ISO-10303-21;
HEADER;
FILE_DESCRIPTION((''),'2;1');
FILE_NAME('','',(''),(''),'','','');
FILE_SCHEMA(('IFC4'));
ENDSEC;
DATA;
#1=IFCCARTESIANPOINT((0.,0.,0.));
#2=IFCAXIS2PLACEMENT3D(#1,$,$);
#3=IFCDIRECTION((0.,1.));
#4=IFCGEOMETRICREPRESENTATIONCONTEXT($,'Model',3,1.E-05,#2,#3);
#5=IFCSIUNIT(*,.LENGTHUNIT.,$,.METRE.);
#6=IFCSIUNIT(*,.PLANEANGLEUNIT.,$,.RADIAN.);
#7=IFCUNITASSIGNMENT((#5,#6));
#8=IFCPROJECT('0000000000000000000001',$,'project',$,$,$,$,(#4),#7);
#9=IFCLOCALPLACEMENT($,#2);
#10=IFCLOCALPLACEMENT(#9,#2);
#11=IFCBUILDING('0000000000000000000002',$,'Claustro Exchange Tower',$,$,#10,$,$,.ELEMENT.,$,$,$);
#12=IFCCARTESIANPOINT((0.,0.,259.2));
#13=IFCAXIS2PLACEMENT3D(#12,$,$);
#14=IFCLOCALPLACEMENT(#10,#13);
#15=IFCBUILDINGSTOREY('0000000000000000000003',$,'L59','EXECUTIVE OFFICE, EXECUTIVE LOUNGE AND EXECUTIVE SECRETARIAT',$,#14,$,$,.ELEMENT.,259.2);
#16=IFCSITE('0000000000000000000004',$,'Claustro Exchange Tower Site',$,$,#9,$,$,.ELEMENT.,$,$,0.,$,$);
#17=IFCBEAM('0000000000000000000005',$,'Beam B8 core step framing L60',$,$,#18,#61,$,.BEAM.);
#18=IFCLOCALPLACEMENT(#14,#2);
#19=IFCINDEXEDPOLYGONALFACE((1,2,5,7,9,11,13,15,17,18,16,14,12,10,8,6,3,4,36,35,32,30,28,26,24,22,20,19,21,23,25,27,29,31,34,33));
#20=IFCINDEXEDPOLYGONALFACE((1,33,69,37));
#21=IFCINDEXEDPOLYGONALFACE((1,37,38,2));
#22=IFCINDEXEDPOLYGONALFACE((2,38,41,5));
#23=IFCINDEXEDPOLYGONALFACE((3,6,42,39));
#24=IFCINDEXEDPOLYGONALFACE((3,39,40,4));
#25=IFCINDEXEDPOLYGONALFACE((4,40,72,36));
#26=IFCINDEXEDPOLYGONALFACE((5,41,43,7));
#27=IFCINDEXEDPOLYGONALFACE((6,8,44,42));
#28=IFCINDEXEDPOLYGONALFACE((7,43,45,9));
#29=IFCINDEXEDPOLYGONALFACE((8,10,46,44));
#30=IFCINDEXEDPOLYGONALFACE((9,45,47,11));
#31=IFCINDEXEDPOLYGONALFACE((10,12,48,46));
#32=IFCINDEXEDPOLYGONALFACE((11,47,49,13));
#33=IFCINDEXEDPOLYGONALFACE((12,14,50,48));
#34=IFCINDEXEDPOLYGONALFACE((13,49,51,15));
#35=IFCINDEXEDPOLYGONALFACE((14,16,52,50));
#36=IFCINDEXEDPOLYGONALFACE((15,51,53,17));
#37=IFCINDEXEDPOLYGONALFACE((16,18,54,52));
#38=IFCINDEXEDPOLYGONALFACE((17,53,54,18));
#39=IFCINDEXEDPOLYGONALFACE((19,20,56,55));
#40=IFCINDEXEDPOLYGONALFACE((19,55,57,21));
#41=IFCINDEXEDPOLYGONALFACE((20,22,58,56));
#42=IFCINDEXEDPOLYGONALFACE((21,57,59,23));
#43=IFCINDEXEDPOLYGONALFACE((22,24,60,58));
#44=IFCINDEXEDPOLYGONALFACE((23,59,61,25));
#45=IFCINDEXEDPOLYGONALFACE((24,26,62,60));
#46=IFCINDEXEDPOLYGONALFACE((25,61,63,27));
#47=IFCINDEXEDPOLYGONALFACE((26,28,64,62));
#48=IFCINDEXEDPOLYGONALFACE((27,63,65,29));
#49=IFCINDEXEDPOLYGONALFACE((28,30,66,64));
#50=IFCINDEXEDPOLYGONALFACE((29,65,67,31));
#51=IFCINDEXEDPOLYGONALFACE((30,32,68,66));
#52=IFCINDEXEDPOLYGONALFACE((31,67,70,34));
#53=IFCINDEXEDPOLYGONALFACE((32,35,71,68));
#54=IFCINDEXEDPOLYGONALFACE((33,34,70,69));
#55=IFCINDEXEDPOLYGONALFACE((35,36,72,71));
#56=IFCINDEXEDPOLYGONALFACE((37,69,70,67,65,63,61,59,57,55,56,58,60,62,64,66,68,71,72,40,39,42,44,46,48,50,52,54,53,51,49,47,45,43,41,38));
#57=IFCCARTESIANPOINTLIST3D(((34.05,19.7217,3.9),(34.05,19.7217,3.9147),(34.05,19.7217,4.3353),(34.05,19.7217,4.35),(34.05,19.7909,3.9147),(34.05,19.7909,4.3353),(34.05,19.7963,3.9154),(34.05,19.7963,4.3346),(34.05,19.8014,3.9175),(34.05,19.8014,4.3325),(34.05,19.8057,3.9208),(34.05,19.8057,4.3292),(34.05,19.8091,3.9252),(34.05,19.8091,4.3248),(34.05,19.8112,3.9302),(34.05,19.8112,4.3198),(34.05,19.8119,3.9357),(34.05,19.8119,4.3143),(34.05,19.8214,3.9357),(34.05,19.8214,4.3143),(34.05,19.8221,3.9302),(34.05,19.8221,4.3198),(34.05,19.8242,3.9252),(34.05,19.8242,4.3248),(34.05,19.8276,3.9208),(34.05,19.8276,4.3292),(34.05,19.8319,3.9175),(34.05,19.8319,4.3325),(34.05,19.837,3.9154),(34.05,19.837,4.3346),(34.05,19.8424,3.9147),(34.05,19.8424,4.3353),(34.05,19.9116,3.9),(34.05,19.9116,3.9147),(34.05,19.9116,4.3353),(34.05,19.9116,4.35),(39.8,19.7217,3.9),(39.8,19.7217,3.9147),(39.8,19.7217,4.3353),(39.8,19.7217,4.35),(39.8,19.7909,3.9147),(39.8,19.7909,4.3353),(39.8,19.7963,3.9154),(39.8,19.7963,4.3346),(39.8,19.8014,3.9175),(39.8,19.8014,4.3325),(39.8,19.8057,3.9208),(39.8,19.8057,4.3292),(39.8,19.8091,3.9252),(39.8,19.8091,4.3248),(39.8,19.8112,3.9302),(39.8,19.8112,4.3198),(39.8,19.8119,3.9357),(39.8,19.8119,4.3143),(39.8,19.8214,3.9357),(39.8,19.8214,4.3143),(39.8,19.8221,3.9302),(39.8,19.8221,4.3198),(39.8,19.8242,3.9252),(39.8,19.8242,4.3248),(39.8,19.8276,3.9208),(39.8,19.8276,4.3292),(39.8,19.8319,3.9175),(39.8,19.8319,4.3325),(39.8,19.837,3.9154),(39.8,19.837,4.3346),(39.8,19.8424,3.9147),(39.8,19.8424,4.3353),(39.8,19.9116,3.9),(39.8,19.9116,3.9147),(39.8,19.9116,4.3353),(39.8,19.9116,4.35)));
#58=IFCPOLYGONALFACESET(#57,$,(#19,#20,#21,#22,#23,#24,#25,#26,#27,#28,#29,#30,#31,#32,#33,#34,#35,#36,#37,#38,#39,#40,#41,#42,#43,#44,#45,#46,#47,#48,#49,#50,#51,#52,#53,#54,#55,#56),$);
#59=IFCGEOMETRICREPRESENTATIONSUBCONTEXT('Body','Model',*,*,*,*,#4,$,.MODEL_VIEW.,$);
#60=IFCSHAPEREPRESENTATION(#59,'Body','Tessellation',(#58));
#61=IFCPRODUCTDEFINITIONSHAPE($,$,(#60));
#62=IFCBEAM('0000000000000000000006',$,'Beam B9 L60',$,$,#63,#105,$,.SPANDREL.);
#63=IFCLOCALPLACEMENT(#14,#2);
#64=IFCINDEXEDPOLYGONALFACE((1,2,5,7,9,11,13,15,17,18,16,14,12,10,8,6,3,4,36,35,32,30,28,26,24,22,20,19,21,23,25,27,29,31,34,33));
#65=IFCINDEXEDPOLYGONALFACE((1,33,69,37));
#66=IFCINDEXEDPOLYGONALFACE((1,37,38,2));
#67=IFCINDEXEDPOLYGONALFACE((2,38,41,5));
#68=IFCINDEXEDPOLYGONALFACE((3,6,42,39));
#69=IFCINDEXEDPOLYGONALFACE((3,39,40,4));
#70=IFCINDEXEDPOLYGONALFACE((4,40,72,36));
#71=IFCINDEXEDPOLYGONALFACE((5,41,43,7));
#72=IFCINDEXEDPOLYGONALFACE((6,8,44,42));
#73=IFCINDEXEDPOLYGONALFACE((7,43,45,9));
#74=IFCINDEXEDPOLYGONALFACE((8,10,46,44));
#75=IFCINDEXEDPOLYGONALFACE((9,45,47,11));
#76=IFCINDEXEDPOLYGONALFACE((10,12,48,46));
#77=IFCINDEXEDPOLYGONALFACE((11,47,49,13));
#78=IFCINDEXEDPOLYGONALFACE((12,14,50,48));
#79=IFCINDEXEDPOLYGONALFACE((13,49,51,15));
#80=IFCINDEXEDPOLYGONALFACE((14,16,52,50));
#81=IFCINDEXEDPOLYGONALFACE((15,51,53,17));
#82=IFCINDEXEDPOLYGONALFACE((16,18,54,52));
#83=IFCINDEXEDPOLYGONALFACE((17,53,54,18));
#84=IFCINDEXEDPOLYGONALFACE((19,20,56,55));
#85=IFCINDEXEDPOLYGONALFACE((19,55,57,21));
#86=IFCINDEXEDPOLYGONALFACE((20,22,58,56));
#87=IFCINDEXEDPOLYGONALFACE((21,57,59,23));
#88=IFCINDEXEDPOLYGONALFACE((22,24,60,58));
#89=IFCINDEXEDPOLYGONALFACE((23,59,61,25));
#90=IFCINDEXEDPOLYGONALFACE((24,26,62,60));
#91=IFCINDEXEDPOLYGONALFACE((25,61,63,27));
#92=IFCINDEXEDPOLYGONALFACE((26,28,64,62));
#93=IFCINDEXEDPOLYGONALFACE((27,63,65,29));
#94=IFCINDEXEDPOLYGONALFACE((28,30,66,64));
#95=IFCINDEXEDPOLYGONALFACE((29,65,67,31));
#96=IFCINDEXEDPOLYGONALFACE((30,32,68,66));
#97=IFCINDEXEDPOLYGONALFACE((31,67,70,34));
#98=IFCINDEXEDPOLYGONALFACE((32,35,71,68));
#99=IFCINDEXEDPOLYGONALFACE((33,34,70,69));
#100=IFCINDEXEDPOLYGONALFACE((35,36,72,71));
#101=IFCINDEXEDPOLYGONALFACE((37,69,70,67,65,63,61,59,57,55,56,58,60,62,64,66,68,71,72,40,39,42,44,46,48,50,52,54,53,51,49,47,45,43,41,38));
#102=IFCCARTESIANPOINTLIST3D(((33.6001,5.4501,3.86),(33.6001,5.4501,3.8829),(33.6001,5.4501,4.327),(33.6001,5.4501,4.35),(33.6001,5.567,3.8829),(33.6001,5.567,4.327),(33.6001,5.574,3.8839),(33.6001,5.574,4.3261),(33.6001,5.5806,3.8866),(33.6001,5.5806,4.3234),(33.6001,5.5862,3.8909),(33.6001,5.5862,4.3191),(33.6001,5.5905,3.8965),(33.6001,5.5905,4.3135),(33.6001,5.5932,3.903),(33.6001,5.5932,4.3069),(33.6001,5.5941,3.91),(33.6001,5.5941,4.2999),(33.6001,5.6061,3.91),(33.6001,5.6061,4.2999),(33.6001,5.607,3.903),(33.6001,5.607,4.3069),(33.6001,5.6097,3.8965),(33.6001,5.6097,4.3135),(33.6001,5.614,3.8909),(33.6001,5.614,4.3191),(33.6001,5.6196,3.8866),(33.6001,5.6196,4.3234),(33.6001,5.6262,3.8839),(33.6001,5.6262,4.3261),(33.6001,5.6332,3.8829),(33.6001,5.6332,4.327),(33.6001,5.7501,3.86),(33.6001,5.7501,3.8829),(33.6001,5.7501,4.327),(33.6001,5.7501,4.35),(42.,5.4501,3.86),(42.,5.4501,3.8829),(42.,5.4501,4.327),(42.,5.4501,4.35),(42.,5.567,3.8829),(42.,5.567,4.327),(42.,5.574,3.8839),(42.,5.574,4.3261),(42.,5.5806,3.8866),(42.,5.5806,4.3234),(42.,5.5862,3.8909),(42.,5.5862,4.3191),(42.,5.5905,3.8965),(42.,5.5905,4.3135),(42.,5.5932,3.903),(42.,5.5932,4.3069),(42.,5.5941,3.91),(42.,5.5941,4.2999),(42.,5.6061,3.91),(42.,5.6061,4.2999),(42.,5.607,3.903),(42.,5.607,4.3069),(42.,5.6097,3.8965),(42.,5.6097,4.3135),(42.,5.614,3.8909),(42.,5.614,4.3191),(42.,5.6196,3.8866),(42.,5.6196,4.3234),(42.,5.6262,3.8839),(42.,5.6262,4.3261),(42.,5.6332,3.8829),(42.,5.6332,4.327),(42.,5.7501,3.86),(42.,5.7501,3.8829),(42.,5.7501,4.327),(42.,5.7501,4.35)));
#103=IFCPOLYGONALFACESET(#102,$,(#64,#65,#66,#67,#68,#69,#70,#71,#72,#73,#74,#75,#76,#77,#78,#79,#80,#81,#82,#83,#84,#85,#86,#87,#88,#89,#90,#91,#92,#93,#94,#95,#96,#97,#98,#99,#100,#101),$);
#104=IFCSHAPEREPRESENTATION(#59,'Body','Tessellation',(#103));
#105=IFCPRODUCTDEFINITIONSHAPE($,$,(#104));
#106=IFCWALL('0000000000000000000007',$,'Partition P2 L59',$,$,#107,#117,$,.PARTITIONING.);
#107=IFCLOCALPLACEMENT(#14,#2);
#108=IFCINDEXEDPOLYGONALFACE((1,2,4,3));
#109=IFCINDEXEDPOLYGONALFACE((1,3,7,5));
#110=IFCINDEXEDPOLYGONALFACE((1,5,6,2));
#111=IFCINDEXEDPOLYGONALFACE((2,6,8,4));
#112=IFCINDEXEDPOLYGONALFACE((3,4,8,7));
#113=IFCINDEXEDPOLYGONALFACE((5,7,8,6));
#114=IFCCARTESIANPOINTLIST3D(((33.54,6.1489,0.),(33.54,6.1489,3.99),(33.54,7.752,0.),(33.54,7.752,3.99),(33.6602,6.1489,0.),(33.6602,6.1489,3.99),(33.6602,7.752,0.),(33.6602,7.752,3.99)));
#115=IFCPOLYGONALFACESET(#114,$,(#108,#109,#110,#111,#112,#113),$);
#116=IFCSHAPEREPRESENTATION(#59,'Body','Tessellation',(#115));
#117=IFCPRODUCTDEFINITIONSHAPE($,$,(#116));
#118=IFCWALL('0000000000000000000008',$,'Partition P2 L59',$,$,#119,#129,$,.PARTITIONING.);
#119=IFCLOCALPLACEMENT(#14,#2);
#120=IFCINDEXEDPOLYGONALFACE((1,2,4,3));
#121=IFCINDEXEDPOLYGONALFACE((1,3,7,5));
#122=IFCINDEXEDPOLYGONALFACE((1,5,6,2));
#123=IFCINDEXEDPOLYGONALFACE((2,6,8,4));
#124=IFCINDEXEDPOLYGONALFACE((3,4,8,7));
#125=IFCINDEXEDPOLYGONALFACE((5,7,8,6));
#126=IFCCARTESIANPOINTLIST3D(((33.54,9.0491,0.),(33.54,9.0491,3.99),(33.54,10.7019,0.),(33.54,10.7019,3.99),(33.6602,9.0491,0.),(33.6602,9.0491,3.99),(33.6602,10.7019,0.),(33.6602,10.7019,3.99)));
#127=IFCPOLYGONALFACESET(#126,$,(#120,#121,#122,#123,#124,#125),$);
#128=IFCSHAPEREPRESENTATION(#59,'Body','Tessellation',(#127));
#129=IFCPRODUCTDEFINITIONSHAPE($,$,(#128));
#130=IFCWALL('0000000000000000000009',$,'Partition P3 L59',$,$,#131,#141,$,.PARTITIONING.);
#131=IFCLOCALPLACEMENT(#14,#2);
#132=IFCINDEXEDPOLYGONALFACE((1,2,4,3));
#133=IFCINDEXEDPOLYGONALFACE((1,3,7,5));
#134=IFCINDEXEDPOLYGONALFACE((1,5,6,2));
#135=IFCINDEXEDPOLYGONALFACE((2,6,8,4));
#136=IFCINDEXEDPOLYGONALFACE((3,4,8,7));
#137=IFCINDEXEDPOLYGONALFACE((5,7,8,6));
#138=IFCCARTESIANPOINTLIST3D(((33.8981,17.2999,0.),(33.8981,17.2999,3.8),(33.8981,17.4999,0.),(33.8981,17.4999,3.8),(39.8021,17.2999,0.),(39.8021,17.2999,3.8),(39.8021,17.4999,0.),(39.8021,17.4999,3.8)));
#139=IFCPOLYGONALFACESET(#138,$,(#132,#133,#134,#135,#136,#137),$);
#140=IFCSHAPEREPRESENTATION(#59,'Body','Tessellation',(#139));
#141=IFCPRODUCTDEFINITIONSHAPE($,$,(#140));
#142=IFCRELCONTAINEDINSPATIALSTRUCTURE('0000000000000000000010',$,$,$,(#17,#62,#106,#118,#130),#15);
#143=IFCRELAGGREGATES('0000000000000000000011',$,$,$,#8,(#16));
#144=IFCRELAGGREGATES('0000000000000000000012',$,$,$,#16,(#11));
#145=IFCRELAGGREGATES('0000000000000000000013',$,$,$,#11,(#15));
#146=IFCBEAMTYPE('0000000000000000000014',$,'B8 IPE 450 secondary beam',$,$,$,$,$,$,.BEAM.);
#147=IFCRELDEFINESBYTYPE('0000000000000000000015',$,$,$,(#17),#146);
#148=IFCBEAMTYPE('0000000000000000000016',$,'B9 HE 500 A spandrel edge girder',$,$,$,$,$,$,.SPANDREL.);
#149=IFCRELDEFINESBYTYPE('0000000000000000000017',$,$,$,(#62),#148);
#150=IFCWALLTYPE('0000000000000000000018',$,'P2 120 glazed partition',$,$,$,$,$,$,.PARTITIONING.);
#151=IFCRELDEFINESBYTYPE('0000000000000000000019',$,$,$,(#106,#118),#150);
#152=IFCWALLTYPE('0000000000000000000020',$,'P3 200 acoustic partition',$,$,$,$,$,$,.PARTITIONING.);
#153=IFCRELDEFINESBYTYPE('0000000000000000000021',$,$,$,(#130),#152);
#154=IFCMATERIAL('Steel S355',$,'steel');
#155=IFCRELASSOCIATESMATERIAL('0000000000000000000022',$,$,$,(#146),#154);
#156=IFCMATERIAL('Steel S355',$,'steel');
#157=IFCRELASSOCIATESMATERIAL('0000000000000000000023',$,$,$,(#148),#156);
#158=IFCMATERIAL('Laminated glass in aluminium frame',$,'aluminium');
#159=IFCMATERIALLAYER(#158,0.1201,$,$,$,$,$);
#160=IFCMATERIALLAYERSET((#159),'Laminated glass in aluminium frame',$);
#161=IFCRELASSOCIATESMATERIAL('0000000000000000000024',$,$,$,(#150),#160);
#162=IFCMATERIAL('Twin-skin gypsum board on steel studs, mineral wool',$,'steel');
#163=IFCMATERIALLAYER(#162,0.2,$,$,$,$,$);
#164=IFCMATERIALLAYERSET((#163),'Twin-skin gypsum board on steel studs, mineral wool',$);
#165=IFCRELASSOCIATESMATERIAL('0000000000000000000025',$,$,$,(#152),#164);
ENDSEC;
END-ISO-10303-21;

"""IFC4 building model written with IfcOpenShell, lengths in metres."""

from ifc_helpers import new_model, si_unit, direction, frame, frame_2d, origin, origin_2d, place, context, subcontext, project, spatial, rectangle, i_section, extrude, material, layer, layer_set, material_profile, profile_set, type_object, element, save


model = new_model("IFC4")

# Units and contexts
model_context = context("Model", 3, precision=1e-05, world=origin(), true_north=direction((0.0, 1.0)))
body_context = subcontext(model_context, "Body", "Model", "MODEL_VIEW")
ifc_project = project(units=[si_unit("LENGTHUNIT", "METRE"), si_unit("PLANEANGLEUNIT", "RADIAN")], contexts=[model_context])

# Site, building, storey
site_placement = place(None, origin())
site = spatial("IfcSite", under=ifc_project, at=site_placement, Name="Claustro Exchange Tower Site", CompositionType="ELEMENT", RefElevation=0.0)
building_placement = place(site_placement, origin())
building = spatial("IfcBuilding", under=site, at=building_placement, Name="Claustro Exchange Tower", CompositionType="ELEMENT")
storey_placement = place(building_placement, frame((0.0, 0.0, 259.2)))
storey = spatial("IfcBuildingStorey", under=building, at=storey_placement, Name="L59", Description="EXECUTIVE OFFICE, EXECUTIVE LOUNGE AND EXECUTIVE SECRETARIAT", CompositionType="ELEMENT", Elevation=259.2)

# Beams
ifc_material_1 = material(Name="Steel S355", Category="steel")
ifc_material_profile_1 = material_profile(ifc_material_1, i_section(OverallWidth=0.1899, OverallDepth=0.45, WebThickness=0.0095, FlangeThickness=0.0146, FilletRadius=0.021, at=origin_2d()), Name="IPE 450")
ifc_profile_set_1 = profile_set([ifc_material_profile_1], Name="Steel S355")
beam_type_1 = type_object("IfcBeamType", Name="B8 IPE 450 secondary beam", PredefinedType="BEAM", material=ifc_profile_set_1)
for number, where, z_axis, x_axis, name in (
    (1, (34.05, 19.8167, 4.125), (1.0, 0.0, 0.0), (0.0, 1.0, 0.0), "Beam B8 core step framing L60"),
):
    element("IfcBeam", number, at=place(storey_placement, frame(where, z_axis=z_axis, x_axis=x_axis)), inside=storey, type_object=beam_type_1, Name=name, PredefinedType="BEAM", context=body_context, shape_type="SweptSolid", body=[
        extrude(i_section(OverallWidth=0.1899, OverallDepth=0.45, WebThickness=0.0095, FlangeThickness=0.0146, FilletRadius=0.021, at=origin_2d()), origin(), (0.0, 0.0, 1.0), 5.75),
    ])
ifc_material_2 = material(Name="Steel S355", Category="steel")
ifc_material_profile_2 = material_profile(ifc_material_2, i_section(OverallWidth=0.3, OverallDepth=0.49, WebThickness=0.012, FlangeThickness=0.0229, FilletRadius=0.0271, at=origin_2d()), Name="HE 500 A")
ifc_profile_set_2 = profile_set([ifc_material_profile_2], Name="Steel S355")
beam_type_2 = type_object("IfcBeamType", Name="B9 HE 500 A spandrel edge girder", PredefinedType="SPANDREL", material=ifc_profile_set_2)
beam_1_placement = place(storey_placement, frame((33.6001, 5.6001, 4.105), z_axis=(1.0, 0.0, 0.0), x_axis=(0.0, 1.0, 0.0)))
element("IfcBeam", 2, at=beam_1_placement, inside=storey, type_object=beam_type_2, Name="Beam B9 L60", PredefinedType="SPANDREL", context=body_context, shape_type="SweptSolid", body=[
    extrude(i_section(OverallWidth=0.3, OverallDepth=0.49, WebThickness=0.012, FlangeThickness=0.0229, FilletRadius=0.0271, at=origin_2d()), origin(), (0.0, 0.0, 1.0), 8.3999),
])

# Walls
ifc_material_3 = material(Name="Laminated glass in aluminium frame", Category="aluminium")
ifc_layer_1 = layer(ifc_material_3, 0.1201)
ifc_layer_set_1 = layer_set([ifc_layer_1], Name="Laminated glass in aluminium frame")
wall_type_1 = type_object("IfcWallType", Name="P2 120 glazed partition", PredefinedType="PARTITIONING", material=ifc_layer_set_1)
wall_1_placement = place(storey_placement, frame((33.6001, 6.1489, 0.0), z_axis=(0.0, 0.0, 1.0), x_axis=(0.0, 1.0, 0.0)))
element("IfcWall", 3, at=wall_1_placement, inside=storey, type_object=wall_type_1, Name="Partition P2 L59", PredefinedType="PARTITIONING", context=body_context, shape_type="SweptSolid", body=[
    extrude(rectangle(XDim=1.603, YDim=0.1201, at=frame_2d((0.8015, 0.0))), origin(), (0.0, 0.0, 1.0), 3.99),
])
wall_2_placement = place(storey_placement, frame((33.6001, 9.0491, 0.0), z_axis=(0.0, 0.0, 1.0), x_axis=(0.0, 1.0, 0.0)))
element("IfcWall", 4, at=wall_2_placement, inside=storey, type_object=wall_type_1, Name="Partition P2 L59", PredefinedType="PARTITIONING", context=body_context, shape_type="SweptSolid", body=[
    extrude(rectangle(XDim=1.6528, YDim=0.1201, at=frame_2d((0.8264, 0.0))), origin(), (0.0, 0.0, 1.0), 3.99),
])
ifc_material_4 = material(Name="Twin-skin gypsum board on steel studs, mineral wool", Category="steel")
ifc_layer_2 = layer(ifc_material_4, 0.2)
ifc_layer_set_2 = layer_set([ifc_layer_2], Name="Twin-skin gypsum board on steel studs, mineral wool")
wall_type_2 = type_object("IfcWallType", Name="P3 200 acoustic partition", PredefinedType="PARTITIONING", material=ifc_layer_set_2)
wall_3_placement = place(storey_placement, frame((33.8979, 17.3999, 0.0), z_axis=(0.0, 0.0, 1.0), x_axis=(1.0, 0.0, 0.0)))
element("IfcWall", 5, at=wall_3_placement, inside=storey, type_object=wall_type_2, Name="Partition P3 L59", PredefinedType="PARTITIONING", context=body_context, shape_type="SweptSolid", body=[
    extrude(rectangle(XDim=5.9041, YDim=0.2, at=frame_2d((2.9521, 0.0))), origin(), (0.0, 0.0, 1.0), 3.8),
])

save(model, "model.ifc")
